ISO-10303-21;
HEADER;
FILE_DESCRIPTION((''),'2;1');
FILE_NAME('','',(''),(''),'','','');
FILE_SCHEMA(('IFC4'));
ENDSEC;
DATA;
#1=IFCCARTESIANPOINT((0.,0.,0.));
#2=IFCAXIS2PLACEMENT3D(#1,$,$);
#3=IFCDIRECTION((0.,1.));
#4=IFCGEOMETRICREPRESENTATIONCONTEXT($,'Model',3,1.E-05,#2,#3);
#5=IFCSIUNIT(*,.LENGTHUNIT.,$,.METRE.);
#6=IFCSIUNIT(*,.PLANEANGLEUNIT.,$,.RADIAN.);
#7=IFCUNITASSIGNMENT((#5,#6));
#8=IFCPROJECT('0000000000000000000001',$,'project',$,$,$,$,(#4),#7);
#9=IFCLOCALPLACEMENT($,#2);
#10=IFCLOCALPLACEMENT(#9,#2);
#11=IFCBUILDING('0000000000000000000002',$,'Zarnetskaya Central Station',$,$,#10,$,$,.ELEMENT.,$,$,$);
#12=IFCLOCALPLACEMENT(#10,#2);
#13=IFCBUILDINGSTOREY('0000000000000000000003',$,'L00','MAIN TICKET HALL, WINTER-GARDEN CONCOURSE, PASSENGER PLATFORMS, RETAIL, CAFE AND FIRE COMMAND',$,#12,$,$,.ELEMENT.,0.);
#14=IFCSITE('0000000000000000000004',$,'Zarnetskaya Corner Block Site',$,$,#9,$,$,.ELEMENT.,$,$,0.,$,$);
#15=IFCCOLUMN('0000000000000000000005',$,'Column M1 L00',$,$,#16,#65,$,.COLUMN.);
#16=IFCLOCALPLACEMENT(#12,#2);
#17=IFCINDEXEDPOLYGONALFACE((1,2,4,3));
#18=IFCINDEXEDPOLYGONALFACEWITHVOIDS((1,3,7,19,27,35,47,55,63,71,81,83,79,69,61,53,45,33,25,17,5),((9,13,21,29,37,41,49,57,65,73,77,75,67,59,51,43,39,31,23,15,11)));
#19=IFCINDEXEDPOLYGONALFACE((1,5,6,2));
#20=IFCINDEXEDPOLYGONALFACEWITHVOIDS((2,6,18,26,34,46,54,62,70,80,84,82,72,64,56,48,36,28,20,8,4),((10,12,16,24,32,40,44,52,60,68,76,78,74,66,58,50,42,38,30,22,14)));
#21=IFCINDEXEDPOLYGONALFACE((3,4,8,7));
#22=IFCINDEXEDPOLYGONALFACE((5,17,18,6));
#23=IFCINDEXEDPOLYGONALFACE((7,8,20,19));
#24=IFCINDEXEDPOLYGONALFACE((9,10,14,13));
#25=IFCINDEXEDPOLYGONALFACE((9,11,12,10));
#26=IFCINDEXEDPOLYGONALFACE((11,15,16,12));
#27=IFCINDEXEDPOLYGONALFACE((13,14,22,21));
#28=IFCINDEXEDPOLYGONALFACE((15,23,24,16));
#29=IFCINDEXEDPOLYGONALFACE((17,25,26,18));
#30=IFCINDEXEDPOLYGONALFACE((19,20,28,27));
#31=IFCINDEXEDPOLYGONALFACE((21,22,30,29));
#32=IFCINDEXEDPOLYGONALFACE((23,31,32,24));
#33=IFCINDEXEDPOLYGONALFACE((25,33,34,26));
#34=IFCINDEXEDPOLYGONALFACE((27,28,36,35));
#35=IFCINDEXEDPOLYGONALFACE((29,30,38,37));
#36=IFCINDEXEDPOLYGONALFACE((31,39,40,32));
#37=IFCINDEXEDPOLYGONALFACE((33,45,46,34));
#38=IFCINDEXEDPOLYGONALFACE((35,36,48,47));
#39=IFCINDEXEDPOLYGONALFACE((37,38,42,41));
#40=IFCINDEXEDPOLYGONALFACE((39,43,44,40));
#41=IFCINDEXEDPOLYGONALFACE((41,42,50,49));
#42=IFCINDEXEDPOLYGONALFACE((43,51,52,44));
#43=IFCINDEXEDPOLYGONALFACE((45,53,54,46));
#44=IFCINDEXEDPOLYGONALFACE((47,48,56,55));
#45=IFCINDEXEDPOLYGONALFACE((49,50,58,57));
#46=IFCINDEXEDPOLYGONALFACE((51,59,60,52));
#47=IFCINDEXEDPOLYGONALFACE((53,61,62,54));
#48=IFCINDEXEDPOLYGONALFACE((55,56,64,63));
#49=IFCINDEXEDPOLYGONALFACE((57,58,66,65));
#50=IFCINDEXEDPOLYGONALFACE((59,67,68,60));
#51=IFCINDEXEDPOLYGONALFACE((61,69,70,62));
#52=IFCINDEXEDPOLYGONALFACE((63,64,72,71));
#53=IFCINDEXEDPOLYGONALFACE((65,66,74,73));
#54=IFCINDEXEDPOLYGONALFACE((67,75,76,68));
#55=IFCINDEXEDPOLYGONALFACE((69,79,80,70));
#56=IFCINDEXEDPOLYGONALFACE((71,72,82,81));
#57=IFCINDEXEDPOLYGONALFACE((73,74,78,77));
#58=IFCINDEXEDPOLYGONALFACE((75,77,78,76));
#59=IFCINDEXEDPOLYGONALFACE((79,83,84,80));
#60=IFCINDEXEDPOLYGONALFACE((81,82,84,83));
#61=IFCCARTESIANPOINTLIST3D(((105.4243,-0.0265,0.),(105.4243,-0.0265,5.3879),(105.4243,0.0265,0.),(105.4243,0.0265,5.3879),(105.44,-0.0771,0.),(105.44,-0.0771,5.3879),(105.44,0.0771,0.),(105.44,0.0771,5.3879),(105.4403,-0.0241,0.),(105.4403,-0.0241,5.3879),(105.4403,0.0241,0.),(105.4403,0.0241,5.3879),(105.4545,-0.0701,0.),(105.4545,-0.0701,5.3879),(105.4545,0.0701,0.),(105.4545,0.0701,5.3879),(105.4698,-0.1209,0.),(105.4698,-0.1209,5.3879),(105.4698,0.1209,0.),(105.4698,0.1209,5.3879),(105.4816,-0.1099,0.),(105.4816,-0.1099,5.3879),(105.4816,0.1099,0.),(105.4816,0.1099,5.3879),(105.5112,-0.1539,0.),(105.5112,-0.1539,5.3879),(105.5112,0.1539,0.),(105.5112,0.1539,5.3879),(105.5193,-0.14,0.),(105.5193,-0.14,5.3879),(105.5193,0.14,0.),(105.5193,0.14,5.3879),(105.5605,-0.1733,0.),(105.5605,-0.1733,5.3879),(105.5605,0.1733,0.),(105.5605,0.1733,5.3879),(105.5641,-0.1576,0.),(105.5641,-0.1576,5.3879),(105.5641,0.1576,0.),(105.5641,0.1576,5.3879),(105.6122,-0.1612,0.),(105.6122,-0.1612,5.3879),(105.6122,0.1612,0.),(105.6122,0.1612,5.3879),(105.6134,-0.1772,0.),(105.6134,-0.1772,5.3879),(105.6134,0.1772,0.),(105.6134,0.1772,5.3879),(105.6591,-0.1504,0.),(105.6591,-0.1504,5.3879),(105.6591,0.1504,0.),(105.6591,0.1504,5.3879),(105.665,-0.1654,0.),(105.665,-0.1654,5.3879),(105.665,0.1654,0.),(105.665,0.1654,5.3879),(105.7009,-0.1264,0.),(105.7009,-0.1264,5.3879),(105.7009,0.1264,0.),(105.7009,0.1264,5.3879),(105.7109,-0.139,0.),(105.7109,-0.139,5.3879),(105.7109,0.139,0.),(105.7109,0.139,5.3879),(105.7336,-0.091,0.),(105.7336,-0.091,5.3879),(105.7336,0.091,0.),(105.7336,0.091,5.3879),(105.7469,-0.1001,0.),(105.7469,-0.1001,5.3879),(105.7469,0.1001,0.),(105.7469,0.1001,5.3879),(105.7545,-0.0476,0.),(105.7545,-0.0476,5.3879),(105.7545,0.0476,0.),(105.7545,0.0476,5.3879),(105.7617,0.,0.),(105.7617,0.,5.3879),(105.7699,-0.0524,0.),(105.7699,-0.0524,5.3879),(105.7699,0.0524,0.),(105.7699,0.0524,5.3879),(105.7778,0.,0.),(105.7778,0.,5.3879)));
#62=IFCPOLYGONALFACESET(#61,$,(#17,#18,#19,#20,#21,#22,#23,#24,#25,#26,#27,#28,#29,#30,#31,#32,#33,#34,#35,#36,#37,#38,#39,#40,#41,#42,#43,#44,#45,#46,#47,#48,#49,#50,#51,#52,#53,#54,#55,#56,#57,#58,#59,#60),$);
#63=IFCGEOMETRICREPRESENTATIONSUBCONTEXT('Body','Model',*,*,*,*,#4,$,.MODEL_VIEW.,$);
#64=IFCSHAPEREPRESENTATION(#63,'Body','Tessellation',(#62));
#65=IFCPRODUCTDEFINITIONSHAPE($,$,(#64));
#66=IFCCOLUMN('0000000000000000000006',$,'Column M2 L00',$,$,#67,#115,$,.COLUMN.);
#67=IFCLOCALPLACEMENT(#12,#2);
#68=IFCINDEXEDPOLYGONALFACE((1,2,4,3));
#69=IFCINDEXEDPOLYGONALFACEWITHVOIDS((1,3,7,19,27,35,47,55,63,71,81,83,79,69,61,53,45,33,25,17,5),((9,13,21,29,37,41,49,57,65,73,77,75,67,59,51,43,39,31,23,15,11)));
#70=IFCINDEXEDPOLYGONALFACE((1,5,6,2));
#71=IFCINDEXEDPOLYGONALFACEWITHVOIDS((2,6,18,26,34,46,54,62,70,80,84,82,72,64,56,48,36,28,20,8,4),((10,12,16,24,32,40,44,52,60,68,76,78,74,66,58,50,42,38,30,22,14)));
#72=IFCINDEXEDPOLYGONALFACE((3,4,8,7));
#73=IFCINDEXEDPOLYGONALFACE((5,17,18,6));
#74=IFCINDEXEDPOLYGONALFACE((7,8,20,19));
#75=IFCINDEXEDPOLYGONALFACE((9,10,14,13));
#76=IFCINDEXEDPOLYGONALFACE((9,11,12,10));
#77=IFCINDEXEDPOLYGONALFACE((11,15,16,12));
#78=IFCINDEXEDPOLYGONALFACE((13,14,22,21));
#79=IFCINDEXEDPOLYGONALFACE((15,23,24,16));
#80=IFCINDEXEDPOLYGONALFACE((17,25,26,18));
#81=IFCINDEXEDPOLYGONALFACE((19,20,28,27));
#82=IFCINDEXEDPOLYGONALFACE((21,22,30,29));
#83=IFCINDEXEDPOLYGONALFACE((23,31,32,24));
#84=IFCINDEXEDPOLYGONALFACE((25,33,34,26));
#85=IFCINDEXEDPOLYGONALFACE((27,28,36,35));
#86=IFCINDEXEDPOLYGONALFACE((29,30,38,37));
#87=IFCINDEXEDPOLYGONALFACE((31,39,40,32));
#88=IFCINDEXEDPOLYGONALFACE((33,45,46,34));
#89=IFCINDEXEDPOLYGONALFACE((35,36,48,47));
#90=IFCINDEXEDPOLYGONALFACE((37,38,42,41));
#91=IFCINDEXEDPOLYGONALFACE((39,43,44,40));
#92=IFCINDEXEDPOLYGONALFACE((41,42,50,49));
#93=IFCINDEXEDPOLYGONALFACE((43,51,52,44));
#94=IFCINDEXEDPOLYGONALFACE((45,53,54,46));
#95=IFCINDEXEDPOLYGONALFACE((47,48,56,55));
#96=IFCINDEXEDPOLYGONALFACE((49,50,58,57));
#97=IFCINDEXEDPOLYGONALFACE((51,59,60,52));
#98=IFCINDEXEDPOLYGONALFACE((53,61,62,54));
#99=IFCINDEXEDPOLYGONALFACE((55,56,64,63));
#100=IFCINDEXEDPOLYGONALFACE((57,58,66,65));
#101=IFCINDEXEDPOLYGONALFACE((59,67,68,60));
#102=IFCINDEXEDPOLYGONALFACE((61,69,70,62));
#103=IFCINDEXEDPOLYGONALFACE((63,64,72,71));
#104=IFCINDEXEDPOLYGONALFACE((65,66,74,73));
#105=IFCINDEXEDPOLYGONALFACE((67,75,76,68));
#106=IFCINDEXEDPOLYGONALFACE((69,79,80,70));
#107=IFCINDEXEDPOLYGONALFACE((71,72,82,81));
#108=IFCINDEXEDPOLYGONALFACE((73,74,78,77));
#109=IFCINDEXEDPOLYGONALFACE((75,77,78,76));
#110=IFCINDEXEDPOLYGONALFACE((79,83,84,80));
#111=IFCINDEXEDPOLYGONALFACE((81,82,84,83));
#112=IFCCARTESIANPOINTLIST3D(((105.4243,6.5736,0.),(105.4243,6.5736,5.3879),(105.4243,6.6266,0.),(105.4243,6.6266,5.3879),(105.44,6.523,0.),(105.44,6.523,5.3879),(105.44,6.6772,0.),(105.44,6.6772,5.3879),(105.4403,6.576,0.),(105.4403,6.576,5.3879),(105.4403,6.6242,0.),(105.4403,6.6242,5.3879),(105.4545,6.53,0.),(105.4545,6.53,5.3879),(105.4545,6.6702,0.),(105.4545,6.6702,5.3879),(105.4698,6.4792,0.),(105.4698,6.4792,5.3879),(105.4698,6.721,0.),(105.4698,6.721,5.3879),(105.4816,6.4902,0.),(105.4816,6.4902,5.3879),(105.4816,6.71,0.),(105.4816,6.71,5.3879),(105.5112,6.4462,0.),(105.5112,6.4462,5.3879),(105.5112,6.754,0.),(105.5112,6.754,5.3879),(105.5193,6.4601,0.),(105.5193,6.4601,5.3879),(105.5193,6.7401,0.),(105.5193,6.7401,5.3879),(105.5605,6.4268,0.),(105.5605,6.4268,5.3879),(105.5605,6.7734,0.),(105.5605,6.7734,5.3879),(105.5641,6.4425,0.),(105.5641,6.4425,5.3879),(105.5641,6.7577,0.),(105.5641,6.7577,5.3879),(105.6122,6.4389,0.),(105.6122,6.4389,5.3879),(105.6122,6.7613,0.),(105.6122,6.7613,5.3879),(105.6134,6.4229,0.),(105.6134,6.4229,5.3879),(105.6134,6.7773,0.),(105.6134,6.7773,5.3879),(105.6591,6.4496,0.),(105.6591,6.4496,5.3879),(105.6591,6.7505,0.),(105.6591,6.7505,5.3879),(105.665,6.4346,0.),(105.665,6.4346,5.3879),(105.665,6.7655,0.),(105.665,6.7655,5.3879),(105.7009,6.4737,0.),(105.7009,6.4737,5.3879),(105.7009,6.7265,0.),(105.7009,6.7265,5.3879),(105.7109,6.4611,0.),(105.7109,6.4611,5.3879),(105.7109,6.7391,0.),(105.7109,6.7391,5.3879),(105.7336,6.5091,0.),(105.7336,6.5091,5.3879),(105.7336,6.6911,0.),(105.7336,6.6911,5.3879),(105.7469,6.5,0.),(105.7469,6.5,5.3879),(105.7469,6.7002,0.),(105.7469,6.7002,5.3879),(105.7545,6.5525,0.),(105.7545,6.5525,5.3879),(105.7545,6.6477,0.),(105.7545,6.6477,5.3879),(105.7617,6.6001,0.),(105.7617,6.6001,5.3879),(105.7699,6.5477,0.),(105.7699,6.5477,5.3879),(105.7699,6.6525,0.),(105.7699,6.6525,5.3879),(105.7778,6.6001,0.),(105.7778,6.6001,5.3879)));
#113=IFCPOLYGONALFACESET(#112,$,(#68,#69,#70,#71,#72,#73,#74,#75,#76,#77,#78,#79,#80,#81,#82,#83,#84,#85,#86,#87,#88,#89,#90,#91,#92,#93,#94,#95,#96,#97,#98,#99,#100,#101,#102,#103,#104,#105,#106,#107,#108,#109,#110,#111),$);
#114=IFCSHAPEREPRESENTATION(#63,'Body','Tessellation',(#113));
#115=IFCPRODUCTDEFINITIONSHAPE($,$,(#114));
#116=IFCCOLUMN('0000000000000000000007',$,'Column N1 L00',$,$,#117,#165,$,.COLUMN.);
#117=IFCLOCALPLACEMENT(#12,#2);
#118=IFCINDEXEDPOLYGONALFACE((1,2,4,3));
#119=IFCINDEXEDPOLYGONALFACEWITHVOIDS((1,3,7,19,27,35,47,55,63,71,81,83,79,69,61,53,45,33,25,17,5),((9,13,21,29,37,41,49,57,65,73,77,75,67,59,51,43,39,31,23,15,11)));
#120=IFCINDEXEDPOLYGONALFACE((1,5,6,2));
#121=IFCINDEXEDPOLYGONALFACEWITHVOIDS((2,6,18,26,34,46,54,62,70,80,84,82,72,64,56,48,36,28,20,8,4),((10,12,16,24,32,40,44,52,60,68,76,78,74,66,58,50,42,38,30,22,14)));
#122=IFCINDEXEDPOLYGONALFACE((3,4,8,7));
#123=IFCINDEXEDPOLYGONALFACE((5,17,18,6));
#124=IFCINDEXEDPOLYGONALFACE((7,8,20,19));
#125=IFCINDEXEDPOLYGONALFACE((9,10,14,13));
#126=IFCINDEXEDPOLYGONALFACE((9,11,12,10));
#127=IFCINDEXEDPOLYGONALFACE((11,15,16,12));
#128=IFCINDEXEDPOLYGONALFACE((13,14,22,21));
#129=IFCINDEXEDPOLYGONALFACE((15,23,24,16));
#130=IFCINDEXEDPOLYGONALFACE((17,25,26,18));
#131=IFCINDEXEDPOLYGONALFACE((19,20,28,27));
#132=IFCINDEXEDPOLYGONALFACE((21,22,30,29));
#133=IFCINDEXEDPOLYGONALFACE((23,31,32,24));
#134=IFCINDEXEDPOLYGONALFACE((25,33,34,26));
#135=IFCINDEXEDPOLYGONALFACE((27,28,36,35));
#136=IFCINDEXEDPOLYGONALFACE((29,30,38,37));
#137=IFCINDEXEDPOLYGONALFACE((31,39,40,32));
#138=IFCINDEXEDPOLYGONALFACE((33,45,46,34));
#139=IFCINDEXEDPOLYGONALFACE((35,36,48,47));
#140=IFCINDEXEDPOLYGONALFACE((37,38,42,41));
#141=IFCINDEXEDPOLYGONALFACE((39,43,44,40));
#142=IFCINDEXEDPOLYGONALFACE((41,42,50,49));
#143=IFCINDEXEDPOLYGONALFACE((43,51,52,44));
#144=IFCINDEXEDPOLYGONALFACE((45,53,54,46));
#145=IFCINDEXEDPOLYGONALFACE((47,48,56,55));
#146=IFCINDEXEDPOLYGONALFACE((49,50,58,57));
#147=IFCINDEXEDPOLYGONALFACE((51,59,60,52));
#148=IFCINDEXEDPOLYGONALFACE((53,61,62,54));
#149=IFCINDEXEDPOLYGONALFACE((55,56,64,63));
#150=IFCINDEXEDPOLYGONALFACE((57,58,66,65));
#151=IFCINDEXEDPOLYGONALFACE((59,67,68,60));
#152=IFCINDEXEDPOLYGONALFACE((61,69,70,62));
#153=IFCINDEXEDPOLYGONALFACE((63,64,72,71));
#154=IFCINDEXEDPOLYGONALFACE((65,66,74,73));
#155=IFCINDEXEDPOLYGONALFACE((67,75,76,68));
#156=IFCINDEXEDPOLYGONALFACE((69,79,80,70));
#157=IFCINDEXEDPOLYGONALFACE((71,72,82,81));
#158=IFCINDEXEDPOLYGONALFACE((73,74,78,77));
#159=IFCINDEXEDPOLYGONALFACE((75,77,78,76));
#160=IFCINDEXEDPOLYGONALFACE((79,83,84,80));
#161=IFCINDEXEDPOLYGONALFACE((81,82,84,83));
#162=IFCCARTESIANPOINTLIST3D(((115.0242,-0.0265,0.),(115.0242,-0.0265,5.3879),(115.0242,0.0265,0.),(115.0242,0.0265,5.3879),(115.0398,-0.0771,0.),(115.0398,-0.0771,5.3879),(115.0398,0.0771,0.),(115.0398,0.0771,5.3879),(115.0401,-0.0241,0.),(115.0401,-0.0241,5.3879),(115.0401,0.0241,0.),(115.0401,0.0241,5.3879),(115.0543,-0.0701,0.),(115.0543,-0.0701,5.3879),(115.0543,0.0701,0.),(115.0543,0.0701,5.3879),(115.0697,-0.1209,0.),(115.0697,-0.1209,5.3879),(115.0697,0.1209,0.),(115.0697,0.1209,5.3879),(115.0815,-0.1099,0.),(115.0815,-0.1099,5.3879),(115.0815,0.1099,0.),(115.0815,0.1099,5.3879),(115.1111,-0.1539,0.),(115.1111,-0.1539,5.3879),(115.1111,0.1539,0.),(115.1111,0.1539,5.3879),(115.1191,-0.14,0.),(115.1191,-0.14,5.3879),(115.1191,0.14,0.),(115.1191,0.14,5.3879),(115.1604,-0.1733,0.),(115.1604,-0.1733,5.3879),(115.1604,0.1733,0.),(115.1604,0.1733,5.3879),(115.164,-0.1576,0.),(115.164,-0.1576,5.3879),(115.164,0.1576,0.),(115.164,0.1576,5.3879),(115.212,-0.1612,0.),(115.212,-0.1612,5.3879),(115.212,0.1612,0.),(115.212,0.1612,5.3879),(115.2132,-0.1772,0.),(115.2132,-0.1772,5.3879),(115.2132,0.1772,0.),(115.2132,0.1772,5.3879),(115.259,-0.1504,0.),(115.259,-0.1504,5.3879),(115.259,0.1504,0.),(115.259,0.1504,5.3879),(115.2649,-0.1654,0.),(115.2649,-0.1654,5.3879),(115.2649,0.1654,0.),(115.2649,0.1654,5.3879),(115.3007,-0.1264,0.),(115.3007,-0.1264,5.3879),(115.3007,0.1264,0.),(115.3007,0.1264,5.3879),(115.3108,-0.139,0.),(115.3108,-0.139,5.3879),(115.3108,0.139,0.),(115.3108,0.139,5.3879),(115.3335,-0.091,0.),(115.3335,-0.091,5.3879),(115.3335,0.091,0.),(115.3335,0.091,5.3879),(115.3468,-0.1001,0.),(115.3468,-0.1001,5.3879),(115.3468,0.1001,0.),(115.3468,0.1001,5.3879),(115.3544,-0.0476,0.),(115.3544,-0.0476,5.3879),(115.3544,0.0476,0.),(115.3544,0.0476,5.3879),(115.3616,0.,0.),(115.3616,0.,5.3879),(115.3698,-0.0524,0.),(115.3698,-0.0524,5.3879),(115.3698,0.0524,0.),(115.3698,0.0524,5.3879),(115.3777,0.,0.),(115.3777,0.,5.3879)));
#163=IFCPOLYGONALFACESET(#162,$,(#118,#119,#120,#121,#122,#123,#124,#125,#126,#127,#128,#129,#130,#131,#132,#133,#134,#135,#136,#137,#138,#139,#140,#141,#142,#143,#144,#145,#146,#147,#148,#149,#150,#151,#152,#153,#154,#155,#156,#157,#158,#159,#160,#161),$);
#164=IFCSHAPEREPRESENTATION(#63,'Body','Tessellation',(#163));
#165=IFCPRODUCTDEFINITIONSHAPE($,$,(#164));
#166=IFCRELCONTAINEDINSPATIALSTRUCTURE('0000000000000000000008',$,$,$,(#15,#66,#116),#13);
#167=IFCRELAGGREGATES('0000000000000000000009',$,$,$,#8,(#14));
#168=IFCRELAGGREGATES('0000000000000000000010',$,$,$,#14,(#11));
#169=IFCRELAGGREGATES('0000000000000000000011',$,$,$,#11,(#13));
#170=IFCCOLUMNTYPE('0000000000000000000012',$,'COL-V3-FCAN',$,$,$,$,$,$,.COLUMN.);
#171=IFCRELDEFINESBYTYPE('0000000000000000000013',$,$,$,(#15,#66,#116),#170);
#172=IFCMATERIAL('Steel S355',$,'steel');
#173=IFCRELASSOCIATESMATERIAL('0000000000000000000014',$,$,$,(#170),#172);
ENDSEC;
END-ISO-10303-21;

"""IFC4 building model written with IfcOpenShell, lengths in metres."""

from ifc_helpers import new_model, si_unit, direction, frame, origin, origin_2d, place, context, subcontext, project, spatial, hollow_circle, extrude, material, material_profile, profile_set, type_object, element, save


model = new_model("IFC4")

# Units and contexts
model_context = context("Model", 3, precision=1e-05, world=origin(), true_north=direction((0.0, 1.0)))
body_context = subcontext(model_context, "Body", "Model", "MODEL_VIEW")
ifc_project = project(units=[si_unit("LENGTHUNIT", "METRE"), si_unit("PLANEANGLEUNIT", "RADIAN")], contexts=[model_context])

# Site, building, storey
site_placement = place(None, origin())
site = spatial("IfcSite", under=ifc_project, at=site_placement, Name="Zarnetskaya Corner Block Site", CompositionType="ELEMENT", RefElevation=0.0)
building_placement = place(site_placement, origin())
building = spatial("IfcBuilding", under=site, at=building_placement, Name="Zarnetskaya Central Station", CompositionType="ELEMENT")
storey_placement = place(building_placement, origin())
storey = spatial("IfcBuildingStorey", under=building, at=storey_placement, Name="L00", Description="MAIN TICKET HALL, WINTER-GARDEN CONCOURSE, PASSENGER PLATFORMS, RETAIL, CAFE AND FIRE COMMAND", CompositionType="ELEMENT", Elevation=0.0)

# Columns
ifc_material_1 = material(Name="Steel S355", Category="steel")
ifc_material_profile_1 = material_profile(ifc_material_1, hollow_circle(Radius=0.1777, WallThickness=0.0161, at=origin_2d()), Name="CHS 355.6x16")
ifc_profile_set_1 = profile_set([ifc_material_profile_1], Name="Steel S355")
column_type_1 = type_object("IfcColumnType", Name="COL-V3-FCAN", PredefinedType="COLUMN", material=ifc_profile_set_1)
for number, where, z_axis, x_axis, name in (
    (1, (105.6001, 0.0, 0.0), (0.0, 0.0, 1.0), (1.0, 0.0, 0.0), "Column M1 L00"),
    (2, (105.6001, 6.6001, 0.0), (0.0, 0.0, 1.0), (1.0, 0.0, 0.0), "Column M2 L00"),
    (3, (115.2, 0.0, 0.0), (0.0, 0.0, 1.0), (1.0, 0.0, 0.0), "Column N1 L00"),
):
    element("IfcColumn", number, at=place(storey_placement, frame(where, z_axis=z_axis, x_axis=x_axis)), inside=storey, type_object=column_type_1, Name=name, PredefinedType="COLUMN", context=body_context, shape_type="SweptSolid", body=[
        extrude(hollow_circle(Radius=0.1777, WallThickness=0.0161, at=origin_2d()), origin(), (0.0, 0.0, 1.0), 5.3879),
    ])

save(model, "model.ifc")
